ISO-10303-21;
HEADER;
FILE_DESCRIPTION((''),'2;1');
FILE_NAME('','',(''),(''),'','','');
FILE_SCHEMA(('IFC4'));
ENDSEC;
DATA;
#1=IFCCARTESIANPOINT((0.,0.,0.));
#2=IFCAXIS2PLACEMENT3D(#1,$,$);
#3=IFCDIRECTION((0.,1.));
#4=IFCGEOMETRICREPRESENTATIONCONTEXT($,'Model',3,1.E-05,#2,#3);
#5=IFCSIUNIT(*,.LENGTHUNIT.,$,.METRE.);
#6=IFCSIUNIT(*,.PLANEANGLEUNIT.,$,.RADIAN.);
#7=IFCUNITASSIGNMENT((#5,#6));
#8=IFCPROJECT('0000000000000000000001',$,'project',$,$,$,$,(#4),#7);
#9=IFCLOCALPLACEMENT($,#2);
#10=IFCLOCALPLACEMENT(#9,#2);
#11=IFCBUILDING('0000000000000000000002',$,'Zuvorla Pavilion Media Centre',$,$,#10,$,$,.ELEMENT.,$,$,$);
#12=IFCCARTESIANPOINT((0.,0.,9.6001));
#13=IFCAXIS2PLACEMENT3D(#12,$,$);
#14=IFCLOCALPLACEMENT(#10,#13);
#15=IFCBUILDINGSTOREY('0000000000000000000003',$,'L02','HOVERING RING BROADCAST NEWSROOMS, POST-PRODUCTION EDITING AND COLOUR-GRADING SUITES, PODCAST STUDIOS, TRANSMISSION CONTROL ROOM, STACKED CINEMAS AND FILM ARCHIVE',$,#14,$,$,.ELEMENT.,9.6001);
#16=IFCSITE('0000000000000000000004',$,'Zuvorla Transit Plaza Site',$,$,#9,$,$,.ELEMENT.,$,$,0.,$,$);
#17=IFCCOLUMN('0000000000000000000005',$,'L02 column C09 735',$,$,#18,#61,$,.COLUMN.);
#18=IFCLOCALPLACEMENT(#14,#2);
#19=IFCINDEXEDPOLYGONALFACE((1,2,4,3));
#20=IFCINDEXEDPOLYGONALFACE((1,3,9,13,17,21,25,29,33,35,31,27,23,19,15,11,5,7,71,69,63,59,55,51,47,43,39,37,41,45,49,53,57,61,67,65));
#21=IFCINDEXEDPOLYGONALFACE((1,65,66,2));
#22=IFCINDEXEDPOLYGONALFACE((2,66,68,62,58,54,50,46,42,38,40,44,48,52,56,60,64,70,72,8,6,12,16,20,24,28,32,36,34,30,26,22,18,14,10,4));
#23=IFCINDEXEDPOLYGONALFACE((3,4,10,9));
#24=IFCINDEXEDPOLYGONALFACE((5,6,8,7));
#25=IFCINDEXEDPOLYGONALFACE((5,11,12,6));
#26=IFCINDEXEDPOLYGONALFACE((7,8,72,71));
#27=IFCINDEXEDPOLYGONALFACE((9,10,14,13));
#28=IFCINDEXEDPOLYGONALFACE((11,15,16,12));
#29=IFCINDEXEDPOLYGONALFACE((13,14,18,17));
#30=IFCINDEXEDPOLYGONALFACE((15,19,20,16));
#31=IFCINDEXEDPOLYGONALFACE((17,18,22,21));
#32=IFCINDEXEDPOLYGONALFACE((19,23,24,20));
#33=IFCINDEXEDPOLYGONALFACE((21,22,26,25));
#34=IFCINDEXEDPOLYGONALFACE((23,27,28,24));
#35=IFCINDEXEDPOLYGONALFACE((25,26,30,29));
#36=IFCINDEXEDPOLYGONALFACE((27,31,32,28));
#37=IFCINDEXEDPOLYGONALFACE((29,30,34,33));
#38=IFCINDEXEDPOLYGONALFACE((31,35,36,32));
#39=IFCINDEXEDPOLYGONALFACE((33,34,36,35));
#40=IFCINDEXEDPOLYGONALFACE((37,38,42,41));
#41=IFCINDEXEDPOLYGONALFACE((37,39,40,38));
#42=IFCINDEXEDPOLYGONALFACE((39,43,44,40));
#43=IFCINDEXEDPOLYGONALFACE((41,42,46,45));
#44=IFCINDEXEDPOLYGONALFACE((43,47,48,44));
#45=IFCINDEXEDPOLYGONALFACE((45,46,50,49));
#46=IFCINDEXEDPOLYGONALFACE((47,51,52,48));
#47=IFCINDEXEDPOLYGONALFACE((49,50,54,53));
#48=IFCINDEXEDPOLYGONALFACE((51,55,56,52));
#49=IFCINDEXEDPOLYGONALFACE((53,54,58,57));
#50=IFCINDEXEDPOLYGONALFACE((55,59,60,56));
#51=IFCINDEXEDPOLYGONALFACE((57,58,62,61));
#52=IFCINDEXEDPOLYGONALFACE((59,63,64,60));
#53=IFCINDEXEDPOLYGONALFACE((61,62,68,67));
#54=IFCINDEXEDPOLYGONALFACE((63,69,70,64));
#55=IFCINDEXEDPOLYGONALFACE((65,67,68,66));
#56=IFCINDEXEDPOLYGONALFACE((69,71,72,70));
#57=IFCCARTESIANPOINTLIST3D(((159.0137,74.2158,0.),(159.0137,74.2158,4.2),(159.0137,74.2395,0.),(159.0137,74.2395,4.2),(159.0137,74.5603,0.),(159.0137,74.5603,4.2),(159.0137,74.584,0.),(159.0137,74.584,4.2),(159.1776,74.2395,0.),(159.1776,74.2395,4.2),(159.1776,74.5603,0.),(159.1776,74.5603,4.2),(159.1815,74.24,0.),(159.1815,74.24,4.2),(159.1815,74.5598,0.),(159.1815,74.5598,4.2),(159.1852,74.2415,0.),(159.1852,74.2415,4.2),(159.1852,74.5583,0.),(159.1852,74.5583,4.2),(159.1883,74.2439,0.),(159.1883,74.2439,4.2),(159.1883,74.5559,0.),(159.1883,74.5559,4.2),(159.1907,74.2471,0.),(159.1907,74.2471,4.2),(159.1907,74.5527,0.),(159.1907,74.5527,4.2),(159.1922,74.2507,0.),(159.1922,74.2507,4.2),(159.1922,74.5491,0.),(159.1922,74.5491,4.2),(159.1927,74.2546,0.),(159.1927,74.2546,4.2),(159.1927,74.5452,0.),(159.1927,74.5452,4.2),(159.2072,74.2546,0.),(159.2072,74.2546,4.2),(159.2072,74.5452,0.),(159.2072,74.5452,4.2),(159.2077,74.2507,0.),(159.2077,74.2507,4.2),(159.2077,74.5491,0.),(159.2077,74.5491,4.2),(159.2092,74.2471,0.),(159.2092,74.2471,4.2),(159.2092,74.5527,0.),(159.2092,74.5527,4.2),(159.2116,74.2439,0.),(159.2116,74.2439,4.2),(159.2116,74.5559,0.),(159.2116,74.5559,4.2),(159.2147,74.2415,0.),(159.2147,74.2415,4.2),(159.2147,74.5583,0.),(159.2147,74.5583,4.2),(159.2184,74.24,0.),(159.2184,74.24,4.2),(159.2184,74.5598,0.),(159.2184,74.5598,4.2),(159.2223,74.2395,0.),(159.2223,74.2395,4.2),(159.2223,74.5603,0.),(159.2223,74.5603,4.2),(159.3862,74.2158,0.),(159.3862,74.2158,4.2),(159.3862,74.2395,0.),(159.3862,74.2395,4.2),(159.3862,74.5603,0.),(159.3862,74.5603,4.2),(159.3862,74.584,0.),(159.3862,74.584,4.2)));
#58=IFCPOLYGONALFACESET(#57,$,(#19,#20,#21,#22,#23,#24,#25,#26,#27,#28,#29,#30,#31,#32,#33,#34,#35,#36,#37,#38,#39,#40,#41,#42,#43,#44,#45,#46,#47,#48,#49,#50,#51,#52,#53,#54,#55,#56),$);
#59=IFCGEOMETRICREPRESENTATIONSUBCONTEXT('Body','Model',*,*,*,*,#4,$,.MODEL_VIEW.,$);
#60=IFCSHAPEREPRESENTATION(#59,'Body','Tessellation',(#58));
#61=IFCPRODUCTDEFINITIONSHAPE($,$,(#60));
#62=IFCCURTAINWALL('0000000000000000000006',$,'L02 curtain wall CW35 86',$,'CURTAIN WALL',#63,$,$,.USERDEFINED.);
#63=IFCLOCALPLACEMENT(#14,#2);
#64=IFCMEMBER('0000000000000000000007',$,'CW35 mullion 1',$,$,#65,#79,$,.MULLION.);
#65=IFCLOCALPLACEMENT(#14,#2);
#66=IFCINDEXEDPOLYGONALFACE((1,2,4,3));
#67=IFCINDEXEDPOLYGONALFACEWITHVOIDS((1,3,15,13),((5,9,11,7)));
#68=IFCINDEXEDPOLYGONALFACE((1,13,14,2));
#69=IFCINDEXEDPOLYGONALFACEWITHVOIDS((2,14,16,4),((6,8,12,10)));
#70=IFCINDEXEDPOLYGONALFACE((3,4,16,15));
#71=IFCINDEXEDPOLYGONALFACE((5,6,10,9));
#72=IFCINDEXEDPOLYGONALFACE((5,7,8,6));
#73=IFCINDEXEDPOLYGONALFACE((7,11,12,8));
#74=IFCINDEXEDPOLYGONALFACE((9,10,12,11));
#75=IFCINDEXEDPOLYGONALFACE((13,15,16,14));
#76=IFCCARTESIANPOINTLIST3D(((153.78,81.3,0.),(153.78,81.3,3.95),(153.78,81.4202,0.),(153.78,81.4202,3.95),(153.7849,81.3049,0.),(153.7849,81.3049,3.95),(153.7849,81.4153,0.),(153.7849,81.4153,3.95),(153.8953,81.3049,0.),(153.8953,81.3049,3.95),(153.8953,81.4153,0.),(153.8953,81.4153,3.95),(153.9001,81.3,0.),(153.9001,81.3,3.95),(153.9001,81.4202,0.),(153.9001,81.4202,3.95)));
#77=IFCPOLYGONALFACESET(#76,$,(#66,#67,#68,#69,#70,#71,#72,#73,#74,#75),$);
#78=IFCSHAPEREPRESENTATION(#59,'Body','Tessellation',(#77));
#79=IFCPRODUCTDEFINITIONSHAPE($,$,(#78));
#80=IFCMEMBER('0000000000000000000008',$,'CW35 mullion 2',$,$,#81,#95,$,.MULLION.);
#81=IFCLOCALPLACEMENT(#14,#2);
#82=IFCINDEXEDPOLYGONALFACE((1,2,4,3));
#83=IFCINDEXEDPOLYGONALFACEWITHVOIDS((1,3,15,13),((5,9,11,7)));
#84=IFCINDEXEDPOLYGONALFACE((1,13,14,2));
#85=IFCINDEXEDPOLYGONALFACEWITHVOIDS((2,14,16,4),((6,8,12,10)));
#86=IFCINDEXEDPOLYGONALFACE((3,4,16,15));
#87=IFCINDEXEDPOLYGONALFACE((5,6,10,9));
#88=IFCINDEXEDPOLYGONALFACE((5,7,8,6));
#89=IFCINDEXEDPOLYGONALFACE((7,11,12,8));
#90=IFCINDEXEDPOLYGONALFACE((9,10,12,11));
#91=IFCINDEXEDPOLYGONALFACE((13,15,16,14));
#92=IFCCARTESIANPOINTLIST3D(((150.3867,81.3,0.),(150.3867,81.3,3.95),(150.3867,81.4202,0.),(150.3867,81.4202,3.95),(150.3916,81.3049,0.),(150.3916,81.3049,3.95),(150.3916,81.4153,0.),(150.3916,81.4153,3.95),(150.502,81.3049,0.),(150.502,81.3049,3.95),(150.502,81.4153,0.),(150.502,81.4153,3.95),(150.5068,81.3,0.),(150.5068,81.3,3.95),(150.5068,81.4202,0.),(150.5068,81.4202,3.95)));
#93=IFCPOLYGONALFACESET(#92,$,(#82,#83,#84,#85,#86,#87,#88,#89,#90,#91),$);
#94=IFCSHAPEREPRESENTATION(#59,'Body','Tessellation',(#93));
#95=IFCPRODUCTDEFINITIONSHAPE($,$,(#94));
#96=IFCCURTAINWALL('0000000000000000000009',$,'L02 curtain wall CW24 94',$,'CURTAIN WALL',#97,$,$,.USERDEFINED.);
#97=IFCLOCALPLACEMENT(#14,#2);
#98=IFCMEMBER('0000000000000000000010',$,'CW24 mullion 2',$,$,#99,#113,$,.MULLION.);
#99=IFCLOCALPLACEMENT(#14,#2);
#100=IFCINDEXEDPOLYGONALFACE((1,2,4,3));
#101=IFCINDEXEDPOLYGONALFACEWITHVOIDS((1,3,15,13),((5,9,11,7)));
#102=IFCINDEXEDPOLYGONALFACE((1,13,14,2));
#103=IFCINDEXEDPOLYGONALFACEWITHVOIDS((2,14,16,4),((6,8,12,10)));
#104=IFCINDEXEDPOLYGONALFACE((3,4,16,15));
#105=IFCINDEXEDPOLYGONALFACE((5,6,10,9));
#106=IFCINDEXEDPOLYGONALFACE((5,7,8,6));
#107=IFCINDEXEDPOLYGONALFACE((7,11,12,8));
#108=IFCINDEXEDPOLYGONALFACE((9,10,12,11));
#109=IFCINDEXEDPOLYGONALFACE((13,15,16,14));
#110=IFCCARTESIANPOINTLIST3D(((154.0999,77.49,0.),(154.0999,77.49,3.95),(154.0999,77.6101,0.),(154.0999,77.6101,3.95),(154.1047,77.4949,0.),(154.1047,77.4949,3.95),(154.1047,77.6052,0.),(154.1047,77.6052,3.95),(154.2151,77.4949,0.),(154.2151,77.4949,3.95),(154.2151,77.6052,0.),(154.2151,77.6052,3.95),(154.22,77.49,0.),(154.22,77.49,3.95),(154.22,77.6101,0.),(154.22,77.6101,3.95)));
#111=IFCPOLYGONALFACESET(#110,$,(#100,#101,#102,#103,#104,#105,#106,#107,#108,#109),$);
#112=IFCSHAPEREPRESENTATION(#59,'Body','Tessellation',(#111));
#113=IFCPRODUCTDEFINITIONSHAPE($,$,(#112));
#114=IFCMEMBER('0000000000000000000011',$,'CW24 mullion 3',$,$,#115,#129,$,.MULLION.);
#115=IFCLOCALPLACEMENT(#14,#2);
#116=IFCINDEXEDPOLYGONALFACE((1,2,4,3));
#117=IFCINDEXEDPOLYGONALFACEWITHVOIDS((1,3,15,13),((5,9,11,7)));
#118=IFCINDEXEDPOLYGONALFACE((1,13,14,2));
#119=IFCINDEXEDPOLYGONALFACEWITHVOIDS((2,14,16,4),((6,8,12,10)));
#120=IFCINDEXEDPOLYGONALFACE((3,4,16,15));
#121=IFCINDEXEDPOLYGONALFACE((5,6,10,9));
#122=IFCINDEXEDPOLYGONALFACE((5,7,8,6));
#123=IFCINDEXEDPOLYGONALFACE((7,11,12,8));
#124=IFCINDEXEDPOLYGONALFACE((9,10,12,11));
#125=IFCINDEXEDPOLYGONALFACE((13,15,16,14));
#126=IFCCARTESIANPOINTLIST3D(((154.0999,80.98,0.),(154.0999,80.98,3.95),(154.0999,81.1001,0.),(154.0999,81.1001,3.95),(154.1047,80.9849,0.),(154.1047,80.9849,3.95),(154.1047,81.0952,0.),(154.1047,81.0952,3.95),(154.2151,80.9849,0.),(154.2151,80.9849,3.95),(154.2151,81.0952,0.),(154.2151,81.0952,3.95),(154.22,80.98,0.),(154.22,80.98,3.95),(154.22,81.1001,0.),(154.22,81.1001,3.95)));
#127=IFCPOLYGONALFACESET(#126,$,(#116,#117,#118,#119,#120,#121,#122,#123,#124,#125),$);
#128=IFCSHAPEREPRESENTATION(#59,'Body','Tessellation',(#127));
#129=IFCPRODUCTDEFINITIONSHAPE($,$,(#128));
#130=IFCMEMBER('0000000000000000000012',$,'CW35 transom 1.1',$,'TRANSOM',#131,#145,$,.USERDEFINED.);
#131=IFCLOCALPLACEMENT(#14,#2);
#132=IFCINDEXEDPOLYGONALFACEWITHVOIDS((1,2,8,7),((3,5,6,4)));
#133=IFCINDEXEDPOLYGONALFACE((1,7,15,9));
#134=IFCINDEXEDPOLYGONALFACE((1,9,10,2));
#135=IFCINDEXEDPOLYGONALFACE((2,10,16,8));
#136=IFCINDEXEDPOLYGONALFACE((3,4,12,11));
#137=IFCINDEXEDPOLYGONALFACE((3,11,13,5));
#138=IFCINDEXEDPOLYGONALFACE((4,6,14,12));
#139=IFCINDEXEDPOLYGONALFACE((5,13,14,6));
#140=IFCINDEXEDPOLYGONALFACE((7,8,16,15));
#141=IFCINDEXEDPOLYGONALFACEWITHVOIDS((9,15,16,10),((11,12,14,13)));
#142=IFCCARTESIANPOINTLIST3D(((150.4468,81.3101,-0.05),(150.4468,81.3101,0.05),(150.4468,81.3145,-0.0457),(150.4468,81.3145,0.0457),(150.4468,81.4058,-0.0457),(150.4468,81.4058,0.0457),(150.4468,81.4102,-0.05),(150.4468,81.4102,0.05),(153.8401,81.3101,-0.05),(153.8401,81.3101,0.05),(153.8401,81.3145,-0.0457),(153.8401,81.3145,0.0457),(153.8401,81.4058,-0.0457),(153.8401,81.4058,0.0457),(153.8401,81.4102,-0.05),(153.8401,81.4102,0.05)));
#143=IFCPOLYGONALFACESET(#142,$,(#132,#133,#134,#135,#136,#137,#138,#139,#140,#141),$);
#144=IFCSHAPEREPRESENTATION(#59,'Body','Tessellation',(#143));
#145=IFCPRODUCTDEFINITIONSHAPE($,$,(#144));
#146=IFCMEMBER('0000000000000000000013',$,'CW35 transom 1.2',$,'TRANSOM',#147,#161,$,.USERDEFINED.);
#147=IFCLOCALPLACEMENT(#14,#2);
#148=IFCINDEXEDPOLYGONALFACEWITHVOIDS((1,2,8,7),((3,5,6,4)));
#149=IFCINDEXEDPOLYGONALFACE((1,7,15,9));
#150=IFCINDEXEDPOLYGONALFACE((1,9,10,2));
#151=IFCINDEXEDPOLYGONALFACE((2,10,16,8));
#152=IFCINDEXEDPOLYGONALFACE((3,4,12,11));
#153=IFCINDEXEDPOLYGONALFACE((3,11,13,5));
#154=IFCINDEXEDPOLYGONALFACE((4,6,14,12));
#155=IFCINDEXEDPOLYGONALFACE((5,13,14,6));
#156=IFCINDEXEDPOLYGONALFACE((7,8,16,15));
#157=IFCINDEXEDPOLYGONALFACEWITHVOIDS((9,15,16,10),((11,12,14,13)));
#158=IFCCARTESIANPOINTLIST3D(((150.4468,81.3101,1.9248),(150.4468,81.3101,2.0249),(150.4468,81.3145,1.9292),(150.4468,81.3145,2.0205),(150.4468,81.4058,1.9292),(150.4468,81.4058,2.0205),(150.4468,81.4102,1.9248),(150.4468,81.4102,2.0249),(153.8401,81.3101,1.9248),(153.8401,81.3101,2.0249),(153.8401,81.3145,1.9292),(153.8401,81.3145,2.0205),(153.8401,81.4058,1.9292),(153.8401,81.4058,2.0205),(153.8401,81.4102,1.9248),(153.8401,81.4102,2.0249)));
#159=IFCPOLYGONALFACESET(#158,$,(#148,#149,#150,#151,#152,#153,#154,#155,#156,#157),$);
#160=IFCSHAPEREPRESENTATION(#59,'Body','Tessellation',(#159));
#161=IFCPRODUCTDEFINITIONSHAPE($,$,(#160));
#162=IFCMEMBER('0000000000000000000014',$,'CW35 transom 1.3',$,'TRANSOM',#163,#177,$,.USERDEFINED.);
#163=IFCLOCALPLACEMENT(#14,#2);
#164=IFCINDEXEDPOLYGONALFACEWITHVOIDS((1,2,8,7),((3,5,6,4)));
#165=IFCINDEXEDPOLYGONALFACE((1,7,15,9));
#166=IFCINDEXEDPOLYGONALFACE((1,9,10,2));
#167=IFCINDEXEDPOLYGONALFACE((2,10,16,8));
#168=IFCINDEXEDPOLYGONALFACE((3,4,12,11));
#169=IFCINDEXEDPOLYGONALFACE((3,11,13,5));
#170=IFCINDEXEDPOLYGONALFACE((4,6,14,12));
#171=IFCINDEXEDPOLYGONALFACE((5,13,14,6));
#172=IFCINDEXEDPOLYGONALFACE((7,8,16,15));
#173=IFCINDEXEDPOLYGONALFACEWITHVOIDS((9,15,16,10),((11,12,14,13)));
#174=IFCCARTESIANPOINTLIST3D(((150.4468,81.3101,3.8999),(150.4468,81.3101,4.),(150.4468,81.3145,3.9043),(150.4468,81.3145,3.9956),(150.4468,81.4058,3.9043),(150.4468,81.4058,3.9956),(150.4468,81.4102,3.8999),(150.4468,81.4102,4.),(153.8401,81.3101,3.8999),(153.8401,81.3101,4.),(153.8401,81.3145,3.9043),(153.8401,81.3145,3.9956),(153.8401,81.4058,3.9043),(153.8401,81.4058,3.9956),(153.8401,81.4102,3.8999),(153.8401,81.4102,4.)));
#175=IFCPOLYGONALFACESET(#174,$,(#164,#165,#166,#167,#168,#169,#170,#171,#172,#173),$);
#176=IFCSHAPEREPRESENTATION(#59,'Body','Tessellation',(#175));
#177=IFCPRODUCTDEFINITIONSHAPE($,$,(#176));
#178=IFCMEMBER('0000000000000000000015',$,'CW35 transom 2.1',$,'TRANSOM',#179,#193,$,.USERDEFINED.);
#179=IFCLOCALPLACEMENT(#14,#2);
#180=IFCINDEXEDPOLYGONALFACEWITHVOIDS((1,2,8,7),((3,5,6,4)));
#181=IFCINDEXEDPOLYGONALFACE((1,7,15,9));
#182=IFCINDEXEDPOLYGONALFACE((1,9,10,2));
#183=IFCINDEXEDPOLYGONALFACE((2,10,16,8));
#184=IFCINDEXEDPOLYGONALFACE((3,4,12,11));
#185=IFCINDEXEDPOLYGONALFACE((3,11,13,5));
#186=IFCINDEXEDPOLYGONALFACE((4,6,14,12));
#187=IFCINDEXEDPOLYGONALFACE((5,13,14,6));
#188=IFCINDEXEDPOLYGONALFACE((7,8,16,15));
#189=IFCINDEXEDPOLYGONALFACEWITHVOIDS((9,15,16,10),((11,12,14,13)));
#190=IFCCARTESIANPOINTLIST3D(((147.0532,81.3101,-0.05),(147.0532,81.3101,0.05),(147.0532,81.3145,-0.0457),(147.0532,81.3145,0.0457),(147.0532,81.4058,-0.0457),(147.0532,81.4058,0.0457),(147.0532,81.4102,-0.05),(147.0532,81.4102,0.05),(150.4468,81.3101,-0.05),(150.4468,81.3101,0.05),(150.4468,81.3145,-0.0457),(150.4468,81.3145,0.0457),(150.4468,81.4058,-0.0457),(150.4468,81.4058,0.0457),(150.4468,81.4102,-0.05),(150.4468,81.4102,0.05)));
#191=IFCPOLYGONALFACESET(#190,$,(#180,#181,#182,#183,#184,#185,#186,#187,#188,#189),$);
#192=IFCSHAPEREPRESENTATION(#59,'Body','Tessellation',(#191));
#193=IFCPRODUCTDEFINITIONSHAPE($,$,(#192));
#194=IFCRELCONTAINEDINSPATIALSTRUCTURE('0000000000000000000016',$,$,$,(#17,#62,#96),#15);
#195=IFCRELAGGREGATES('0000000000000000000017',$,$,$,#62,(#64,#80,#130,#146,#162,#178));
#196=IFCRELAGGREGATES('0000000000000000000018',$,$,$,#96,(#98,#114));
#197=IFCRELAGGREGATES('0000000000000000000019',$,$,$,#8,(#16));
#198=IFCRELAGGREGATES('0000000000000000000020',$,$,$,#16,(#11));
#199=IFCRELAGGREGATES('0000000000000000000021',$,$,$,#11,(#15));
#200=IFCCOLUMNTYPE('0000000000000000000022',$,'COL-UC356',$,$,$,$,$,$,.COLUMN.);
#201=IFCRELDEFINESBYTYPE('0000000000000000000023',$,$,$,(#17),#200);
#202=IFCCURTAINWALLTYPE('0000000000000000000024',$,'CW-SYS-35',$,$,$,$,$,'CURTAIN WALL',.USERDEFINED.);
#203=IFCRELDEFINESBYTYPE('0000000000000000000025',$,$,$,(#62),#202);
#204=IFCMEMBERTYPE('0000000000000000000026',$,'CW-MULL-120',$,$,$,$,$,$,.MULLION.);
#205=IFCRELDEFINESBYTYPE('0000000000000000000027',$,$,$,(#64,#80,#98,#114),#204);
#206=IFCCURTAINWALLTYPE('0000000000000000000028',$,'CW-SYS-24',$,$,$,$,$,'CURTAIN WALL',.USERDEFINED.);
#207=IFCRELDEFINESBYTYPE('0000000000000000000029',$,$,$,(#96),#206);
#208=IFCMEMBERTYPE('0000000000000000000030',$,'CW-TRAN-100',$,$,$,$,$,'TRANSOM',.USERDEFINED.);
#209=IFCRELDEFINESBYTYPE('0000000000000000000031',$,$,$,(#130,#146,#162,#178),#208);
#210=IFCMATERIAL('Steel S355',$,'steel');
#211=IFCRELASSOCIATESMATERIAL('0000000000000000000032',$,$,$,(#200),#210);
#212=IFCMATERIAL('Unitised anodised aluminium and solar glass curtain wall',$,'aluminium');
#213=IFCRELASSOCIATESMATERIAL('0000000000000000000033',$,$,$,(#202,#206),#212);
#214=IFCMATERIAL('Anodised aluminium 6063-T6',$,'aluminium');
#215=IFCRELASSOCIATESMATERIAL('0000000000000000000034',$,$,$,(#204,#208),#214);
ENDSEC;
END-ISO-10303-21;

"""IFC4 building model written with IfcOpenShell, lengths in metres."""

from ifc_helpers import new_model, si_unit, direction, frame, origin, origin_2d, place, context, subcontext, project, spatial, hollow_rectangle, i_section, extrude, material, material_profile, profile_set, type_object, element, aggregate, save


model = new_model("IFC4")

# Units and contexts
model_context = context("Model", 3, precision=1e-05, world=origin(), true_north=direction((0.0, 1.0)))
body_context = subcontext(model_context, "Body", "Model", "MODEL_VIEW")
ifc_project = project(units=[si_unit("LENGTHUNIT", "METRE"), si_unit("PLANEANGLEUNIT", "RADIAN")], contexts=[model_context])

# Site, building, storey
site_placement = place(None, origin())
site = spatial("IfcSite", under=ifc_project, at=site_placement, Name="Zuvorla Transit Plaza Site", CompositionType="ELEMENT", RefElevation=0.0)
building_placement = place(site_placement, origin())
building = spatial("IfcBuilding", under=site, at=building_placement, Name="Zuvorla Pavilion Media Centre", CompositionType="ELEMENT")
storey_placement = place(building_placement, frame((0.0, 0.0, 9.6001)))
storey = spatial("IfcBuildingStorey", under=building, at=storey_placement, Name="L02", Description="HOVERING RING BROADCAST NEWSROOMS, POST-PRODUCTION EDITING AND COLOUR-GRADING SUITES, PODCAST STUDIOS, TRANSMISSION CONTROL ROOM, STACKED CINEMAS AND FILM ARCHIVE", CompositionType="ELEMENT", Elevation=9.6001)

# Column
ifc_material_1 = material(Name="Steel S355", Category="steel")
ifc_material_profile_1 = material_profile(ifc_material_1, i_section(OverallWidth=0.3726, OverallDepth=0.3682, WebThickness=0.0144, FlangeThickness=0.0237, FilletRadius=0.0151, at=origin_2d()), Name="UC 356x368x177")
ifc_profile_set_1 = profile_set([ifc_material_profile_1], Name="Steel S355")
column_type = type_object("IfcColumnType", Name="COL-UC356", PredefinedType="COLUMN", material=ifc_profile_set_1)
column_placement = place(storey_placement, frame((159.2, 74.3999, 0.0), z_axis=(0.0, 0.0, 1.0), x_axis=(1.0, 0.0, 0.0)))
element("IfcColumn", 1, at=column_placement, inside=storey, type_object=column_type, Name="L02 column C09 735", PredefinedType="COLUMN", context=body_context, shape_type="SweptSolid", body=[
    extrude(i_section(OverallWidth=0.3726, OverallDepth=0.3682, WebThickness=0.0144, FlangeThickness=0.0237, FilletRadius=0.0151, at=origin_2d()), origin(), (0.0, 0.0, 1.0), 4.2),
])

# Curtain walls, members
ifc_material_2 = material(Name="Unitised anodised aluminium and solar glass curtain wall", Category="aluminium")
curtain_wall_type_1 = type_object("IfcCurtainWallType", Name="CW-SYS-35", ElementType="CURTAIN WALL", PredefinedType="USERDEFINED", material=ifc_material_2)
curtain_wall_1_placement = place(storey_placement, origin())
curtain_wall_1 = element("IfcCurtainWall", 2, at=curtain_wall_1_placement, inside=storey, type_object=curtain_wall_type_1, Name="L02 curtain wall CW35 86", ObjectType="CURTAIN WALL", PredefinedType="USERDEFINED")
ifc_material_3 = material(Name="Anodised aluminium 6063-T6", Category="aluminium")
ifc_material_profile_2 = material_profile(ifc_material_3, hollow_rectangle(XDim=0.1201, YDim=0.1201, WallThickness=0.0049, at=origin_2d()), Name="ALU MULL 120x120")
ifc_profile_set_2 = profile_set([ifc_material_profile_2], Name="Anodised aluminium 6063-T6")
member_type_1 = type_object("IfcMemberType", Name="CW-MULL-120", PredefinedType="MULLION", material=ifc_profile_set_2)
member_1_placement = place(storey_placement, frame((153.8401, 81.3601, 0.0), z_axis=(0.0, 0.0, 1.0), x_axis=(1.0, 0.0, 0.0)))
member_1 = element("IfcMember", 3, at=member_1_placement, type_object=member_type_1, Name="CW35 mullion 1", PredefinedType="MULLION", context=body_context, shape_type="SweptSolid", body=[
    extrude(hollow_rectangle(XDim=0.1201, YDim=0.1201, WallThickness=0.0049, at=origin_2d()), origin(), (0.0, 0.0, 1.0), 3.95),
])
member_2_placement = place(storey_placement, frame((150.4468, 81.3601, 0.0), z_axis=(0.0, 0.0, 1.0), x_axis=(1.0, 0.0, 0.0)))
member_2 = element("IfcMember", 4, at=member_2_placement, type_object=member_type_1, Name="CW35 mullion 2", PredefinedType="MULLION", context=body_context, shape_type="SweptSolid", body=[
    extrude(hollow_rectangle(XDim=0.1201, YDim=0.1201, WallThickness=0.0049, at=origin_2d()), origin(), (0.0, 0.0, 1.0), 3.95),
])
curtain_wall_type_2 = type_object("IfcCurtainWallType", Name="CW-SYS-24", ElementType="CURTAIN WALL", PredefinedType="USERDEFINED", material=ifc_material_2)
curtain_wall_2_placement = place(storey_placement, origin())
curtain_wall_2 = element("IfcCurtainWall", 5, at=curtain_wall_2_placement, inside=storey, type_object=curtain_wall_type_2, Name="L02 curtain wall CW24 94", ObjectType="CURTAIN WALL", PredefinedType="USERDEFINED")
member_3_placement = place(storey_placement, frame((154.1599, 77.55, 0.0), z_axis=(0.0, 0.0, 1.0), x_axis=(1.0, 0.0, 0.0)))
member_3 = element("IfcMember", 6, at=member_3_placement, type_object=member_type_1, Name="CW24 mullion 2", PredefinedType="MULLION", context=body_context, shape_type="SweptSolid", body=[
    extrude(hollow_rectangle(XDim=0.1201, YDim=0.1201, WallThickness=0.0049, at=origin_2d()), origin(), (0.0, 0.0, 1.0), 3.95),
])
member_4_placement = place(storey_placement, frame((154.1599, 81.04, 0.0), z_axis=(0.0, 0.0, 1.0), x_axis=(1.0, 0.0, 0.0)))
member_4 = element("IfcMember", 7, at=member_4_placement, type_object=member_type_1, Name="CW24 mullion 3", PredefinedType="MULLION", context=body_context, shape_type="SweptSolid", body=[
    extrude(hollow_rectangle(XDim=0.1201, YDim=0.1201, WallThickness=0.0049, at=origin_2d()), origin(), (0.0, 0.0, 1.0), 3.95),
])

# Members
ifc_material_profile_3 = material_profile(ifc_material_3, hollow_rectangle(XDim=0.1001, YDim=0.1001, WallThickness=0.0044, at=origin_2d()), Name="ALU TRAN 100x100")
ifc_profile_set_3 = profile_set([ifc_material_profile_3], Name="Anodised aluminium 6063-T6")
member_type_2 = type_object("IfcMemberType", Name="CW-TRAN-100", ElementType="TRANSOM", PredefinedType="USERDEFINED", material=ifc_profile_set_3)
member_5_placement = place(storey_placement, frame((153.8401, 81.3601, 0.0), z_axis=(-1.0, 0.0, 0.0), x_axis=(0.0, -1.0, 0.0)))
member_5 = element("IfcMember", 8, at=member_5_placement, type_object=member_type_2, Name="CW35 transom 1.1", ObjectType="TRANSOM", PredefinedType="USERDEFINED", context=body_context, shape_type="SweptSolid", body=[
    extrude(hollow_rectangle(XDim=0.1001, YDim=0.1001, WallThickness=0.0044, at=origin_2d()), origin(), (0.0, 0.0, 1.0), 3.3933),
])
member_6_placement = place(storey_placement, frame((153.8401, 81.3601, 1.9749), z_axis=(-1.0, 0.0, 0.0), x_axis=(0.0, -1.0, 0.0)))
member_6 = element("IfcMember", 9, at=member_6_placement, type_object=member_type_2, Name="CW35 transom 1.2", ObjectType="TRANSOM", PredefinedType="USERDEFINED", context=body_context, shape_type="SweptSolid", body=[
    extrude(hollow_rectangle(XDim=0.1001, YDim=0.1001, WallThickness=0.0044, at=origin_2d()), origin(), (0.0, 0.0, 1.0), 3.3933),
])
member_7_placement = place(storey_placement, frame((153.8401, 81.3601, 3.95), z_axis=(-1.0, 0.0, 0.0), x_axis=(0.0, -1.0, 0.0)))
member_7 = element("IfcMember", 10, at=member_7_placement, type_object=member_type_2, Name="CW35 transom 1.3", ObjectType="TRANSOM", PredefinedType="USERDEFINED", context=body_context, shape_type="SweptSolid", body=[
    extrude(hollow_rectangle(XDim=0.1001, YDim=0.1001, WallThickness=0.0044, at=origin_2d()), origin(), (0.0, 0.0, 1.0), 3.3933),
])
member_8_placement = place(storey_placement, frame((150.4468, 81.3601, 0.0), z_axis=(-1.0, 0.0, 0.0), x_axis=(0.0, -1.0, 0.0)))
member_8 = element("IfcMember", 11, at=member_8_placement, type_object=member_type_2, Name="CW35 transom 2.1", ObjectType="TRANSOM", PredefinedType="USERDEFINED", context=body_context, shape_type="SweptSolid", body=[
    extrude(hollow_rectangle(XDim=0.1001, YDim=0.1001, WallThickness=0.0044, at=origin_2d()), origin(), (0.0, 0.0, 1.0), 3.3936),
])

aggregate(curtain_wall_1, [member_1, member_2, member_5, member_6, member_7, member_8])
aggregate(curtain_wall_2, [member_3, member_4])

save(model, "model.ifc")
